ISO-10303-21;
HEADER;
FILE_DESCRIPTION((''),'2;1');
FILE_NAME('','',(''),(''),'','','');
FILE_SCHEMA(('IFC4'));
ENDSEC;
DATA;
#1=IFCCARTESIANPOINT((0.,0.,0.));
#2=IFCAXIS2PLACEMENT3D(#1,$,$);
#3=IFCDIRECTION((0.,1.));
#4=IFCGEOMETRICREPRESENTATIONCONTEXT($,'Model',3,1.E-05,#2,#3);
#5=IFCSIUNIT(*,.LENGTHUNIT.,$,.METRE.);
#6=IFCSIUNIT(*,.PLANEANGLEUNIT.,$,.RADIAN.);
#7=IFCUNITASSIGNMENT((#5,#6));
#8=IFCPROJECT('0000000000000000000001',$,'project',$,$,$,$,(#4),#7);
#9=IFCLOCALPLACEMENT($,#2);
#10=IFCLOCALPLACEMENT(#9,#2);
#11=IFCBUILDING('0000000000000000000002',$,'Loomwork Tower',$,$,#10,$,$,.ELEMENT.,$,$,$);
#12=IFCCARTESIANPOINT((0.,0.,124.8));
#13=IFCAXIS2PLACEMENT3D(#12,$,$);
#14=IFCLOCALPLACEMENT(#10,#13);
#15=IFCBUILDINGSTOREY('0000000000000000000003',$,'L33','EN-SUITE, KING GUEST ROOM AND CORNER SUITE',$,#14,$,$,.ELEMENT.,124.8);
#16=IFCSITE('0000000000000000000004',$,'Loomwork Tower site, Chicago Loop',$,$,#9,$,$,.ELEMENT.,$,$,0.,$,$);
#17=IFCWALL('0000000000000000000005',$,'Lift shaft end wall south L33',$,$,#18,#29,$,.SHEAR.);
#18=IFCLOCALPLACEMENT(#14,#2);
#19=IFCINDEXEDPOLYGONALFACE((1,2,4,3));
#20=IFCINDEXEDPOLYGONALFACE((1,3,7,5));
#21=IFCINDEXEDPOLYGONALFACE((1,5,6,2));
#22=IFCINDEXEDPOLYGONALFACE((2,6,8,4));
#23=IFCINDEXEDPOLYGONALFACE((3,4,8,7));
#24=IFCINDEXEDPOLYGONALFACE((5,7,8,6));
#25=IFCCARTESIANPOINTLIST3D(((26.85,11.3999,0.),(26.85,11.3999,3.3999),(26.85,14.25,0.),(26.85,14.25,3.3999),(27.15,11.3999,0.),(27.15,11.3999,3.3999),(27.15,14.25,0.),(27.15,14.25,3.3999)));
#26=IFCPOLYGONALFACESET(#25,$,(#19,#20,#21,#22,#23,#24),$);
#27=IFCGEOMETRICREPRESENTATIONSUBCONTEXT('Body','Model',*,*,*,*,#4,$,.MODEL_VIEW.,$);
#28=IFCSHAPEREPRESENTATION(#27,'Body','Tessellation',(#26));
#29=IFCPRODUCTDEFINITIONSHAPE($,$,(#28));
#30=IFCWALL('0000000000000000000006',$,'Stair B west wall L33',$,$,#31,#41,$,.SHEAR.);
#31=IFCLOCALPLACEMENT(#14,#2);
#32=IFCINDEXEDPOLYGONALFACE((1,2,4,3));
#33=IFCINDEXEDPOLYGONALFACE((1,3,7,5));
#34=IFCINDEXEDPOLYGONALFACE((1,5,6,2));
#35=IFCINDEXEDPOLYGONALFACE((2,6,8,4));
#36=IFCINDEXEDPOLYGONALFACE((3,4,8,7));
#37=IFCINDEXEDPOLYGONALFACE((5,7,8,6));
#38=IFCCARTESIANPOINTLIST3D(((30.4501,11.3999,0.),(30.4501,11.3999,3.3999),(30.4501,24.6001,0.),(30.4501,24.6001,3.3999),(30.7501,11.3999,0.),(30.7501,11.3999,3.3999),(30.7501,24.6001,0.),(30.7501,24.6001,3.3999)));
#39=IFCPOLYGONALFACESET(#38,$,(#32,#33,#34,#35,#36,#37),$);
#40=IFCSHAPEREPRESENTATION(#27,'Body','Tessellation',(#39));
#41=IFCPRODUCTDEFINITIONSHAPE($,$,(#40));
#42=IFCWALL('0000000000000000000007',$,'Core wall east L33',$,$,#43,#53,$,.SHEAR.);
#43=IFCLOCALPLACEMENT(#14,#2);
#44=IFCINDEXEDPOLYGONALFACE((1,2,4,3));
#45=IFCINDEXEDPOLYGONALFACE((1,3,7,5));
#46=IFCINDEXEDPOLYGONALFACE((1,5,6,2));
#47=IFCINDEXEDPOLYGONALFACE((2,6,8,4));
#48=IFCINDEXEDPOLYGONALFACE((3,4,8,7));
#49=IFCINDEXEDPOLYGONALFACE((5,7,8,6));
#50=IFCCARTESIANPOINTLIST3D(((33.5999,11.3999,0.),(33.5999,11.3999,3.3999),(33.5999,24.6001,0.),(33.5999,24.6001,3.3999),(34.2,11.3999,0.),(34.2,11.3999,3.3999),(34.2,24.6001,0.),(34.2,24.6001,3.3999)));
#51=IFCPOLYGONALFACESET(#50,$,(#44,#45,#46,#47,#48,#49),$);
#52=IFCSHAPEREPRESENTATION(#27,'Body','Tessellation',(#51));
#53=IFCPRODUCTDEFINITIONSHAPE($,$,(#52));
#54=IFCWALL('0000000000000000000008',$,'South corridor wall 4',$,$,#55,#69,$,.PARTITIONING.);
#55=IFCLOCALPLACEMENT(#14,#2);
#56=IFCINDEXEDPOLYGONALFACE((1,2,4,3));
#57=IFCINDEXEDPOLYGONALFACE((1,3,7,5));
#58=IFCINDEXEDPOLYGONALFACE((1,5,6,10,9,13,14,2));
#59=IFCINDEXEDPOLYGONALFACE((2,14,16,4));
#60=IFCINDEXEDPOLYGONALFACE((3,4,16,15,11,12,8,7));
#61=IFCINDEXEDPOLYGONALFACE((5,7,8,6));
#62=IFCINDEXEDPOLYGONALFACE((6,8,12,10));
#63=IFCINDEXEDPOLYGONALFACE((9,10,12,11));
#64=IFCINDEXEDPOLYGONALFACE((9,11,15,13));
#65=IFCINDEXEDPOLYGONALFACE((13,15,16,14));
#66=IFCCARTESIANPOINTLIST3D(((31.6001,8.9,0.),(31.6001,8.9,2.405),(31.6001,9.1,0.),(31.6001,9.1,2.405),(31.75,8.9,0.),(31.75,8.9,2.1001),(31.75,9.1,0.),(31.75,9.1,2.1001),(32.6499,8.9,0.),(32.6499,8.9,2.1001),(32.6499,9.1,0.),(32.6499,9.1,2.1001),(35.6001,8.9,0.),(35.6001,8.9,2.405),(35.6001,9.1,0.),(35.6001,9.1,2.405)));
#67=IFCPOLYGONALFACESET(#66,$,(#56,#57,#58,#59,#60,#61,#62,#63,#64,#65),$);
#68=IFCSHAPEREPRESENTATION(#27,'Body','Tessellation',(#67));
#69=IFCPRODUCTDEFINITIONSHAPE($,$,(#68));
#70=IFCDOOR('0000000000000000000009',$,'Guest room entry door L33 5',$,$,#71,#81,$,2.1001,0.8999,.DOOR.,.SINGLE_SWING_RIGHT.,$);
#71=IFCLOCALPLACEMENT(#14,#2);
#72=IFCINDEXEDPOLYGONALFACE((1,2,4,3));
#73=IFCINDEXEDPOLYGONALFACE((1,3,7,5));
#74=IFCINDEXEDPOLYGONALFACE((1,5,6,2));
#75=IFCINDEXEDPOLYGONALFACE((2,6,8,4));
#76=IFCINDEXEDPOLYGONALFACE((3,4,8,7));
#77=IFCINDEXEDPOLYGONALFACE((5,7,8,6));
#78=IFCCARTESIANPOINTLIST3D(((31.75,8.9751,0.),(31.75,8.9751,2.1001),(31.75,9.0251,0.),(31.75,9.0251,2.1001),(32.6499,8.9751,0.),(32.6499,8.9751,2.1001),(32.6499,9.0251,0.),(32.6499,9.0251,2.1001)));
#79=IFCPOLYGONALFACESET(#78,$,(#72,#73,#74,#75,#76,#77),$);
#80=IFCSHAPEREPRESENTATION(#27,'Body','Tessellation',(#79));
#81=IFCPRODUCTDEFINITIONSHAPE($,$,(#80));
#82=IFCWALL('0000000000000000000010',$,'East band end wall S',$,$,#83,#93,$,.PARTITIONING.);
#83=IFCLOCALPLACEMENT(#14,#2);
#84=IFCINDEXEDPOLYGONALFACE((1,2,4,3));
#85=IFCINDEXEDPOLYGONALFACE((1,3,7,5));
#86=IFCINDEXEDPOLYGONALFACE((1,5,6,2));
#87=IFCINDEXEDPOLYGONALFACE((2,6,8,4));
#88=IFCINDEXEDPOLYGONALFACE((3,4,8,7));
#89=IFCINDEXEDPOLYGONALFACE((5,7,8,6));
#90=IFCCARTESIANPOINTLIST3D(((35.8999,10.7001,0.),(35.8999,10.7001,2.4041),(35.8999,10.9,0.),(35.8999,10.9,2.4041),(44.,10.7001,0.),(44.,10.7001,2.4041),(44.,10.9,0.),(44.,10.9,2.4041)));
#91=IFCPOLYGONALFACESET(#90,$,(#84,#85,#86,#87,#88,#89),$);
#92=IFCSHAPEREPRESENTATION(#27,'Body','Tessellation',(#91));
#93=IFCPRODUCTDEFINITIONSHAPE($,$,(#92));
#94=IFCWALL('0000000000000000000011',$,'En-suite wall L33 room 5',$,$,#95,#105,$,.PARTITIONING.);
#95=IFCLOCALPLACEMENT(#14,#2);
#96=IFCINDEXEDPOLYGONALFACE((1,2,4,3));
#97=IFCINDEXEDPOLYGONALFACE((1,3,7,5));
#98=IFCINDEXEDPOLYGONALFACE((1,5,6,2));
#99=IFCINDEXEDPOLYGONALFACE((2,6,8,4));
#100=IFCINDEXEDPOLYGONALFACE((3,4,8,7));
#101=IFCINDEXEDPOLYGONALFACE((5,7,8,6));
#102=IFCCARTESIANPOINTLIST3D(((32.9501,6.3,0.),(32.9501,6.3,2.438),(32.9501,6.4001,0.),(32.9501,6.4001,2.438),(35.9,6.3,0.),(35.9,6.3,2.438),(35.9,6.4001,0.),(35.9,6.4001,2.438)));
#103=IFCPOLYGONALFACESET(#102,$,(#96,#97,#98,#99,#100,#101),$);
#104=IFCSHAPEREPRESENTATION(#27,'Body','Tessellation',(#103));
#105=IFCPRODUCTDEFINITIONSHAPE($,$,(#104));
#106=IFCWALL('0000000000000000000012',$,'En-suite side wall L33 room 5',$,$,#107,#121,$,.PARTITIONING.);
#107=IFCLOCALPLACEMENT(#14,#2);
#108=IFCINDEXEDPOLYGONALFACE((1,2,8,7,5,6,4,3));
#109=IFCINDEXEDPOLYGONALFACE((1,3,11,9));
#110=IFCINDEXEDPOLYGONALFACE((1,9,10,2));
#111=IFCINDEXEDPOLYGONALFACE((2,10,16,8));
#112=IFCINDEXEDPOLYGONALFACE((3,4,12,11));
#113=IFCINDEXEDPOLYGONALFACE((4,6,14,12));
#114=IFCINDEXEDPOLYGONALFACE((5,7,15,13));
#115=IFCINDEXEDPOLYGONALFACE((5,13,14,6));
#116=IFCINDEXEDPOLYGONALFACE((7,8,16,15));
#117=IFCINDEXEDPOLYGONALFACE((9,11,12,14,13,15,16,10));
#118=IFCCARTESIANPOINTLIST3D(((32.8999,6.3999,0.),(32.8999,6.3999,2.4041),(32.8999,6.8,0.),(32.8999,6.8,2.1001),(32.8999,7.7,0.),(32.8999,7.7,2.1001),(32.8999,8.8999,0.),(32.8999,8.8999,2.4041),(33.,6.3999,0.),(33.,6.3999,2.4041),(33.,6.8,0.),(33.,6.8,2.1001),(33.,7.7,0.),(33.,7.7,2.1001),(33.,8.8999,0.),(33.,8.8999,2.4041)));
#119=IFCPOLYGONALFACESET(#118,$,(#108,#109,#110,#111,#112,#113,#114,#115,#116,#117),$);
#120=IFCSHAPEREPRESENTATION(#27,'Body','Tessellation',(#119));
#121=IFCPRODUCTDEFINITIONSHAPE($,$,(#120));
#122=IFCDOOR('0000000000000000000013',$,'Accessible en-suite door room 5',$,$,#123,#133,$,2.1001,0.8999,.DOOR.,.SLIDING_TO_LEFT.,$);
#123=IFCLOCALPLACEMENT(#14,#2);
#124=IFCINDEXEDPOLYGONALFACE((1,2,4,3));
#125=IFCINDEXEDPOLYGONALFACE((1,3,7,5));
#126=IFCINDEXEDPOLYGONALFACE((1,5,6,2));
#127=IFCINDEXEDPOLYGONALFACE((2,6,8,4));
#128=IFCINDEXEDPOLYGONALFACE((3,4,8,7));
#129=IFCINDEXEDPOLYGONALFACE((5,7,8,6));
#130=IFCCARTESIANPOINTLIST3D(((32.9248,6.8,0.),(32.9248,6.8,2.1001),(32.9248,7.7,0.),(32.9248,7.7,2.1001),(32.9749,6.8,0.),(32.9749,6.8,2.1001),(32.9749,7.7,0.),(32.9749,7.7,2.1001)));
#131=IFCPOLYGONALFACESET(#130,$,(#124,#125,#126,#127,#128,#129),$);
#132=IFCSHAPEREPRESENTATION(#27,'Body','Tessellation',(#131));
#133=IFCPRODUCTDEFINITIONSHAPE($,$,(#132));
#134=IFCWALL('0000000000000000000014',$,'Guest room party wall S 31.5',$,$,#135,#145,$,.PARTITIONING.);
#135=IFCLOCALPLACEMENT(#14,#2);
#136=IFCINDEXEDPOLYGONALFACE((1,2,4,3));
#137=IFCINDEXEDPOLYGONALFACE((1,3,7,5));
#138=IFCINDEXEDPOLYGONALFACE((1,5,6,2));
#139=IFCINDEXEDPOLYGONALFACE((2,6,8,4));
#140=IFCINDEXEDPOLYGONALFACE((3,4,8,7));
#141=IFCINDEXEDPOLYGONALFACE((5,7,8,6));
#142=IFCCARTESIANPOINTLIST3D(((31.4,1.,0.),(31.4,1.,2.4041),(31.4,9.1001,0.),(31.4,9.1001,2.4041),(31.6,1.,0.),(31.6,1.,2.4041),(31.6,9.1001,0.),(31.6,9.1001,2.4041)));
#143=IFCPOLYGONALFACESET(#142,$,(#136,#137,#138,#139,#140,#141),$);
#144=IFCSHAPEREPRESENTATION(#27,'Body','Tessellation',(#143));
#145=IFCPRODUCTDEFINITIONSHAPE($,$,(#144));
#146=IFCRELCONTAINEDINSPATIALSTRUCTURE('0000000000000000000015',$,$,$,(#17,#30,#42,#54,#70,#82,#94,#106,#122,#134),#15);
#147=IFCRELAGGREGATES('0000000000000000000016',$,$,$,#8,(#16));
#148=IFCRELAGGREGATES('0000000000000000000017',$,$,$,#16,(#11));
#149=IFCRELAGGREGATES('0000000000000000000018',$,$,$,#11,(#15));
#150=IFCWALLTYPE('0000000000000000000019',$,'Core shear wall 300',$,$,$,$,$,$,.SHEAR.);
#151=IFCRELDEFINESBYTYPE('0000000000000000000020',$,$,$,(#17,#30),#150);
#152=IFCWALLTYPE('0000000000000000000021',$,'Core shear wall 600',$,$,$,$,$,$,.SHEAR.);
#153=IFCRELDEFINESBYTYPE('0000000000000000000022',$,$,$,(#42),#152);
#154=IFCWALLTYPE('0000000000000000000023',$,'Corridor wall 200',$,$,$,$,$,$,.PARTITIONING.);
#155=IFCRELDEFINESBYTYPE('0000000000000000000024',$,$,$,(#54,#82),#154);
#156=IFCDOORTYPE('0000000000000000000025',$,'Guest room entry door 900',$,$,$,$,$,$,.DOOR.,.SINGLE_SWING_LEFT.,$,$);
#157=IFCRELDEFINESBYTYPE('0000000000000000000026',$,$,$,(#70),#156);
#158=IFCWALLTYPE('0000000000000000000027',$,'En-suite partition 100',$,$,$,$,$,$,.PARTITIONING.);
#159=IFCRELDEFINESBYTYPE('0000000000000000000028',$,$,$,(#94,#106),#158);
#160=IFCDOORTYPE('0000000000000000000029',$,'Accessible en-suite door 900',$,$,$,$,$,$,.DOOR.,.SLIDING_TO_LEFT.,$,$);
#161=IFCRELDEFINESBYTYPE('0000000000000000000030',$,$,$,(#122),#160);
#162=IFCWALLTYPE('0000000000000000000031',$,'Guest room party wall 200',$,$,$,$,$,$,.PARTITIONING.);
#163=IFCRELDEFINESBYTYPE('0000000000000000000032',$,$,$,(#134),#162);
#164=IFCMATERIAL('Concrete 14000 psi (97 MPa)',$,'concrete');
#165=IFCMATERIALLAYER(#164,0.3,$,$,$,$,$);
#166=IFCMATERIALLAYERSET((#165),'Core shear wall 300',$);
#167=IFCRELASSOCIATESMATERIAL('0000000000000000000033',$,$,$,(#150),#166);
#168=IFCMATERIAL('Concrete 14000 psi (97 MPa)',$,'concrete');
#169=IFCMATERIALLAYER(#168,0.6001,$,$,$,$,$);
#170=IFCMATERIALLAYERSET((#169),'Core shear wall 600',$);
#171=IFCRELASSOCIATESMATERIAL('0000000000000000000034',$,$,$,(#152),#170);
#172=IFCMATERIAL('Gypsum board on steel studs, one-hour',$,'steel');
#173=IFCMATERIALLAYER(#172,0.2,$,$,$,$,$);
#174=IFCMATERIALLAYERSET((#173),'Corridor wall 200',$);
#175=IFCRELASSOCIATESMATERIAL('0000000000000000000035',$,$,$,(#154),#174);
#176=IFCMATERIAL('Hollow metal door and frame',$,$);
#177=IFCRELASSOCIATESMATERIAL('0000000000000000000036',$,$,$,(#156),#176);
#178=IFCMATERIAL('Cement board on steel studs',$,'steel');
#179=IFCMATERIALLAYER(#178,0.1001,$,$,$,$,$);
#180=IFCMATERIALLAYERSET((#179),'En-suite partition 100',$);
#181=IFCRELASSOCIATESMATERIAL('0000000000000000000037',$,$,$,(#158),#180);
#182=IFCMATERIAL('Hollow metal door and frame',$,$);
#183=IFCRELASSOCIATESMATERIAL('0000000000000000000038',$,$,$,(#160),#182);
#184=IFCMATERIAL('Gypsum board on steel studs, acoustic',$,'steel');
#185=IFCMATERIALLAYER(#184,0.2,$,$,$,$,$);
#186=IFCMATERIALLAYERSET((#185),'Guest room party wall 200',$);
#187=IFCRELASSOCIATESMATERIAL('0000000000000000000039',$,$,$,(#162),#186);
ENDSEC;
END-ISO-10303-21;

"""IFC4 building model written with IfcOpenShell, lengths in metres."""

from ifc_helpers import new_model, si_unit, direction, frame, frame_2d, origin, place, context, subcontext, project, spatial, rectangle, extrude, material, layer, layer_set, type_object, element, fill, save


model = new_model("IFC4")

# Units and contexts
model_context = context("Model", 3, precision=1e-05, world=origin(), true_north=direction((0.0, 1.0)))
body_context = subcontext(model_context, "Body", "Model", "MODEL_VIEW")
ifc_project = project(units=[si_unit("LENGTHUNIT", "METRE"), si_unit("PLANEANGLEUNIT", "RADIAN")], contexts=[model_context])

# Site, building, storey
site_placement = place(None, origin())
site = spatial("IfcSite", under=ifc_project, at=site_placement, Name="Loomwork Tower site, Chicago Loop", CompositionType="ELEMENT", RefElevation=0.0)
building_placement = place(site_placement, origin())
building = spatial("IfcBuilding", under=site, at=building_placement, Name="Loomwork Tower", CompositionType="ELEMENT")
storey_placement = place(building_placement, frame((0.0, 0.0, 124.8)))
storey = spatial("IfcBuildingStorey", under=building, at=storey_placement, Name="L33", Description="EN-SUITE, KING GUEST ROOM AND CORNER SUITE", CompositionType="ELEMENT", Elevation=124.8)

# Walls
ifc_material_1 = material(Name="Concrete 14000 psi (97 MPa)", Category="concrete")
ifc_layer_1 = layer(ifc_material_1, 0.3)
ifc_layer_set_1 = layer_set([ifc_layer_1], Name="Core shear wall 300")
wall_type_1 = type_object("IfcWallType", Name="Core shear wall 300", PredefinedType="SHEAR", material=ifc_layer_set_1)
wall_1_placement = place(storey_placement, frame((27.0, 11.3999, 0.0), z_axis=(0.0, 0.0, 1.0), x_axis=(0.0, 1.0, 0.0)))
element("IfcWall", 1, at=wall_1_placement, inside=storey, type_object=wall_type_1, Name="Lift shaft end wall south L33", PredefinedType="SHEAR", context=body_context, shape_type="SweptSolid", body=[
    extrude(rectangle(XDim=2.8501, YDim=0.3, at=frame_2d((1.425, 0.0))), origin(), (0.0, 0.0, 1.0), 3.3999),
])
wall_2_placement = place(storey_placement, frame((30.6001, 11.3999, 0.0), z_axis=(0.0, 0.0, 1.0), x_axis=(0.0, 1.0, 0.0)))
element("IfcWall", 2, at=wall_2_placement, inside=storey, type_object=wall_type_1, Name="Stair B west wall L33", PredefinedType="SHEAR", context=body_context, shape_type="SweptSolid", body=[
    extrude(rectangle(XDim=13.2002, YDim=0.3, at=frame_2d((6.6001, 0.0))), origin(), (0.0, 0.0, 1.0), 3.3999),
])
ifc_material_2 = material(Name="Concrete 14000 psi (97 MPa)", Category="concrete")
ifc_layer_2 = layer(ifc_material_2, 0.6001)
ifc_layer_set_2 = layer_set([ifc_layer_2], Name="Core shear wall 600")
wall_type_2 = type_object("IfcWallType", Name="Core shear wall 600", PredefinedType="SHEAR", material=ifc_layer_set_2)
wall_3_placement = place(storey_placement, frame((33.8999, 11.3999, 0.0), z_axis=(0.0, 0.0, 1.0), x_axis=(0.0, 1.0, 0.0)))
element("IfcWall", 3, at=wall_3_placement, inside=storey, type_object=wall_type_2, Name="Core wall east L33", PredefinedType="SHEAR", context=body_context, shape_type="SweptSolid", body=[
    extrude(rectangle(XDim=13.2002, YDim=0.6001, at=frame_2d((6.6001, 0.0))), origin(), (0.0, 0.0, 1.0), 3.3999),
])

# Wall, opening, door
ifc_material_3 = material(Name="Gypsum board on steel studs, one-hour", Category="steel")
ifc_layer_3 = layer(ifc_material_3, 0.2)
ifc_layer_set_3 = layer_set([ifc_layer_3], Name="Corridor wall 200")
wall_type_3 = type_object("IfcWallType", Name="Corridor wall 200", PredefinedType="PARTITIONING", material=ifc_layer_set_3)
wall_4_placement = place(storey_placement, frame((31.6001, 9.0, 0.0), z_axis=(0.0, 0.0, 1.0), x_axis=(1.0, 0.0, 0.0)))
wall_4 = element("IfcWall", 4, at=wall_4_placement, inside=storey, type_object=wall_type_3, Name="South corridor wall 4", PredefinedType="PARTITIONING", context=body_context, shape_type="SweptSolid", body=[
    extrude(rectangle(XDim=4.0, YDim=0.2, at=frame_2d((2.0, 0.0))), origin(), (0.0, 0.0, 1.0), 2.405),
])
opening_1_placement = place(wall_4_placement, frame((0.1499, 0.0, 0.0)))
opening_1 = element("IfcOpeningElement", 5, at=opening_1_placement, cuts=wall_4, PredefinedType="OPENING", context=body_context, shape_type="SweptSolid", body=[
    extrude(rectangle(XDim=0.8999, YDim=2.1001, at=frame_2d((0.45, 1.05))), frame((0.0, 0.1099, 0.0), z_axis=(0.0, -1.0, 0.0), x_axis=(1.0, 0.0, 0.0)), (0.0, 0.0, 1.0), 0.22),
])
ifc_material_4 = material(Name="Hollow metal door and frame")
door_type_1 = type_object("IfcDoorType", Name="Guest room entry door 900", OperationType="SINGLE_SWING_LEFT", PredefinedType="DOOR", material=ifc_material_4)
door_1_placement = place(opening_1_placement, frame((0.8999, 0.0, 0.0), z_axis=(0.0, 0.0, 1.0), x_axis=(-1.0, 0.0, 0.0)))
door_1 = element("IfcDoor", 6, at=door_1_placement, inside=storey, type_object=door_type_1, Name="Guest room entry door L33 5", OperationType="SINGLE_SWING_RIGHT", OverallHeight=2.1001, OverallWidth=0.8999, PredefinedType="DOOR", context=body_context, shape_type="SweptSolid", body=[
    extrude(rectangle(XDim=0.8999, YDim=2.1001, at=frame_2d((0.45, 1.05))), frame((0.0, 0.0249, 0.0), z_axis=(0.0, -1.0, 0.0), x_axis=(1.0, 0.0, 0.0)), (0.0, 0.0, 1.0), 0.05),
])
fill(opening_1, door_1)

# Walls
wall_5_placement = place(storey_placement, frame((35.8999, 10.8, 0.0), z_axis=(0.0, 0.0, 1.0), x_axis=(1.0, 0.0, 0.0)))
element("IfcWall", 7, at=wall_5_placement, inside=storey, type_object=wall_type_3, Name="East band end wall S", PredefinedType="PARTITIONING", context=body_context, shape_type="SweptSolid", body=[
    extrude(rectangle(XDim=8.1001, YDim=0.2, at=frame_2d((4.05, 0.0))), origin(), (0.0, 0.0, 1.0), 2.4041),
])
ifc_material_5 = material(Name="Cement board on steel studs", Category="steel")
ifc_layer_4 = layer(ifc_material_5, 0.1001)
ifc_layer_set_4 = layer_set([ifc_layer_4], Name="En-suite partition 100")
wall_type_4 = type_object("IfcWallType", Name="En-suite partition 100", PredefinedType="PARTITIONING", material=ifc_layer_set_4)
wall_6_placement = place(storey_placement, frame((32.95, 6.3501, 0.0), z_axis=(0.0, 0.0, 1.0), x_axis=(1.0, 0.0, 0.0)))
element("IfcWall", 8, at=wall_6_placement, inside=storey, type_object=wall_type_4, Name="En-suite wall L33 room 5", PredefinedType="PARTITIONING", context=body_context, shape_type="SweptSolid", body=[
    extrude(rectangle(XDim=2.95, YDim=0.1001, at=frame_2d((1.4751, 0.0))), origin(), (0.0, 0.0, 1.0), 2.438),
])

# Wall, opening, door
wall_7_placement = place(storey_placement, frame((32.95, 8.8999, 0.0), z_axis=(0.0, 0.0, 1.0), x_axis=(0.0, -1.0, 0.0)))
wall_7 = element("IfcWall", 9, at=wall_7_placement, inside=storey, type_object=wall_type_4, Name="En-suite side wall L33 room 5", PredefinedType="PARTITIONING", context=body_context, shape_type="SweptSolid", body=[
    extrude(rectangle(XDim=2.5, YDim=0.1001, at=frame_2d((1.25, 0.0))), origin(), (0.0, 0.0, 1.0), 2.4041),
])
opening_2_placement = place(wall_7_placement, frame((1.2, 0.0, 0.0)))
opening_2 = element("IfcOpeningElement", 10, at=opening_2_placement, cuts=wall_7, PredefinedType="OPENING", context=body_context, shape_type="SweptSolid", body=[
    extrude(rectangle(XDim=0.8999, YDim=2.1001, at=frame_2d((0.45, 1.05))), frame((0.0, 0.0601, 0.0), z_axis=(0.0, -1.0, 0.0), x_axis=(1.0, 0.0, 0.0)), (0.0, 0.0, 1.0), 0.1201),
])
ifc_material_6 = material(Name="Hollow metal door and frame")
door_type_2 = type_object("IfcDoorType", Name="Accessible en-suite door 900", OperationType="SLIDING_TO_LEFT", PredefinedType="DOOR", material=ifc_material_6)
door_2_placement = place(opening_2_placement, origin())
door_2 = element("IfcDoor", 11, at=door_2_placement, inside=storey, type_object=door_type_2, Name="Accessible en-suite door room 5", OperationType="SLIDING_TO_LEFT", OverallHeight=2.1001, OverallWidth=0.8999, PredefinedType="DOOR", context=body_context, shape_type="SweptSolid", body=[
    extrude(rectangle(XDim=0.8999, YDim=2.1001, at=frame_2d((0.45, 1.05))), frame((0.0, 0.0249, 0.0), z_axis=(0.0, -1.0, 0.0), x_axis=(1.0, 0.0, 0.0)), (0.0, 0.0, 1.0), 0.05),
])
fill(opening_2, door_2)

# Wall
ifc_material_7 = material(Name="Gypsum board on steel studs, acoustic", Category="steel")
ifc_layer_5 = layer(ifc_material_7, 0.2)
ifc_layer_set_5 = layer_set([ifc_layer_5], Name="Guest room party wall 200")
wall_type_5 = type_object("IfcWallType", Name="Guest room party wall 200", PredefinedType="PARTITIONING", material=ifc_layer_set_5)
wall_8_placement = place(storey_placement, frame((31.5, 9.1001, 0.0), z_axis=(0.0, 0.0, 1.0), x_axis=(0.0, -1.0, 0.0)))
element("IfcWall", 12, at=wall_8_placement, inside=storey, type_object=wall_type_5, Name="Guest room party wall S 31.5", PredefinedType="PARTITIONING", context=body_context, shape_type="SweptSolid", body=[
    extrude(rectangle(XDim=8.1001, YDim=0.2, at=frame_2d((4.05, 0.0))), origin(), (0.0, 0.0, 1.0), 2.4041),
])

save(model, "model.ifc")
